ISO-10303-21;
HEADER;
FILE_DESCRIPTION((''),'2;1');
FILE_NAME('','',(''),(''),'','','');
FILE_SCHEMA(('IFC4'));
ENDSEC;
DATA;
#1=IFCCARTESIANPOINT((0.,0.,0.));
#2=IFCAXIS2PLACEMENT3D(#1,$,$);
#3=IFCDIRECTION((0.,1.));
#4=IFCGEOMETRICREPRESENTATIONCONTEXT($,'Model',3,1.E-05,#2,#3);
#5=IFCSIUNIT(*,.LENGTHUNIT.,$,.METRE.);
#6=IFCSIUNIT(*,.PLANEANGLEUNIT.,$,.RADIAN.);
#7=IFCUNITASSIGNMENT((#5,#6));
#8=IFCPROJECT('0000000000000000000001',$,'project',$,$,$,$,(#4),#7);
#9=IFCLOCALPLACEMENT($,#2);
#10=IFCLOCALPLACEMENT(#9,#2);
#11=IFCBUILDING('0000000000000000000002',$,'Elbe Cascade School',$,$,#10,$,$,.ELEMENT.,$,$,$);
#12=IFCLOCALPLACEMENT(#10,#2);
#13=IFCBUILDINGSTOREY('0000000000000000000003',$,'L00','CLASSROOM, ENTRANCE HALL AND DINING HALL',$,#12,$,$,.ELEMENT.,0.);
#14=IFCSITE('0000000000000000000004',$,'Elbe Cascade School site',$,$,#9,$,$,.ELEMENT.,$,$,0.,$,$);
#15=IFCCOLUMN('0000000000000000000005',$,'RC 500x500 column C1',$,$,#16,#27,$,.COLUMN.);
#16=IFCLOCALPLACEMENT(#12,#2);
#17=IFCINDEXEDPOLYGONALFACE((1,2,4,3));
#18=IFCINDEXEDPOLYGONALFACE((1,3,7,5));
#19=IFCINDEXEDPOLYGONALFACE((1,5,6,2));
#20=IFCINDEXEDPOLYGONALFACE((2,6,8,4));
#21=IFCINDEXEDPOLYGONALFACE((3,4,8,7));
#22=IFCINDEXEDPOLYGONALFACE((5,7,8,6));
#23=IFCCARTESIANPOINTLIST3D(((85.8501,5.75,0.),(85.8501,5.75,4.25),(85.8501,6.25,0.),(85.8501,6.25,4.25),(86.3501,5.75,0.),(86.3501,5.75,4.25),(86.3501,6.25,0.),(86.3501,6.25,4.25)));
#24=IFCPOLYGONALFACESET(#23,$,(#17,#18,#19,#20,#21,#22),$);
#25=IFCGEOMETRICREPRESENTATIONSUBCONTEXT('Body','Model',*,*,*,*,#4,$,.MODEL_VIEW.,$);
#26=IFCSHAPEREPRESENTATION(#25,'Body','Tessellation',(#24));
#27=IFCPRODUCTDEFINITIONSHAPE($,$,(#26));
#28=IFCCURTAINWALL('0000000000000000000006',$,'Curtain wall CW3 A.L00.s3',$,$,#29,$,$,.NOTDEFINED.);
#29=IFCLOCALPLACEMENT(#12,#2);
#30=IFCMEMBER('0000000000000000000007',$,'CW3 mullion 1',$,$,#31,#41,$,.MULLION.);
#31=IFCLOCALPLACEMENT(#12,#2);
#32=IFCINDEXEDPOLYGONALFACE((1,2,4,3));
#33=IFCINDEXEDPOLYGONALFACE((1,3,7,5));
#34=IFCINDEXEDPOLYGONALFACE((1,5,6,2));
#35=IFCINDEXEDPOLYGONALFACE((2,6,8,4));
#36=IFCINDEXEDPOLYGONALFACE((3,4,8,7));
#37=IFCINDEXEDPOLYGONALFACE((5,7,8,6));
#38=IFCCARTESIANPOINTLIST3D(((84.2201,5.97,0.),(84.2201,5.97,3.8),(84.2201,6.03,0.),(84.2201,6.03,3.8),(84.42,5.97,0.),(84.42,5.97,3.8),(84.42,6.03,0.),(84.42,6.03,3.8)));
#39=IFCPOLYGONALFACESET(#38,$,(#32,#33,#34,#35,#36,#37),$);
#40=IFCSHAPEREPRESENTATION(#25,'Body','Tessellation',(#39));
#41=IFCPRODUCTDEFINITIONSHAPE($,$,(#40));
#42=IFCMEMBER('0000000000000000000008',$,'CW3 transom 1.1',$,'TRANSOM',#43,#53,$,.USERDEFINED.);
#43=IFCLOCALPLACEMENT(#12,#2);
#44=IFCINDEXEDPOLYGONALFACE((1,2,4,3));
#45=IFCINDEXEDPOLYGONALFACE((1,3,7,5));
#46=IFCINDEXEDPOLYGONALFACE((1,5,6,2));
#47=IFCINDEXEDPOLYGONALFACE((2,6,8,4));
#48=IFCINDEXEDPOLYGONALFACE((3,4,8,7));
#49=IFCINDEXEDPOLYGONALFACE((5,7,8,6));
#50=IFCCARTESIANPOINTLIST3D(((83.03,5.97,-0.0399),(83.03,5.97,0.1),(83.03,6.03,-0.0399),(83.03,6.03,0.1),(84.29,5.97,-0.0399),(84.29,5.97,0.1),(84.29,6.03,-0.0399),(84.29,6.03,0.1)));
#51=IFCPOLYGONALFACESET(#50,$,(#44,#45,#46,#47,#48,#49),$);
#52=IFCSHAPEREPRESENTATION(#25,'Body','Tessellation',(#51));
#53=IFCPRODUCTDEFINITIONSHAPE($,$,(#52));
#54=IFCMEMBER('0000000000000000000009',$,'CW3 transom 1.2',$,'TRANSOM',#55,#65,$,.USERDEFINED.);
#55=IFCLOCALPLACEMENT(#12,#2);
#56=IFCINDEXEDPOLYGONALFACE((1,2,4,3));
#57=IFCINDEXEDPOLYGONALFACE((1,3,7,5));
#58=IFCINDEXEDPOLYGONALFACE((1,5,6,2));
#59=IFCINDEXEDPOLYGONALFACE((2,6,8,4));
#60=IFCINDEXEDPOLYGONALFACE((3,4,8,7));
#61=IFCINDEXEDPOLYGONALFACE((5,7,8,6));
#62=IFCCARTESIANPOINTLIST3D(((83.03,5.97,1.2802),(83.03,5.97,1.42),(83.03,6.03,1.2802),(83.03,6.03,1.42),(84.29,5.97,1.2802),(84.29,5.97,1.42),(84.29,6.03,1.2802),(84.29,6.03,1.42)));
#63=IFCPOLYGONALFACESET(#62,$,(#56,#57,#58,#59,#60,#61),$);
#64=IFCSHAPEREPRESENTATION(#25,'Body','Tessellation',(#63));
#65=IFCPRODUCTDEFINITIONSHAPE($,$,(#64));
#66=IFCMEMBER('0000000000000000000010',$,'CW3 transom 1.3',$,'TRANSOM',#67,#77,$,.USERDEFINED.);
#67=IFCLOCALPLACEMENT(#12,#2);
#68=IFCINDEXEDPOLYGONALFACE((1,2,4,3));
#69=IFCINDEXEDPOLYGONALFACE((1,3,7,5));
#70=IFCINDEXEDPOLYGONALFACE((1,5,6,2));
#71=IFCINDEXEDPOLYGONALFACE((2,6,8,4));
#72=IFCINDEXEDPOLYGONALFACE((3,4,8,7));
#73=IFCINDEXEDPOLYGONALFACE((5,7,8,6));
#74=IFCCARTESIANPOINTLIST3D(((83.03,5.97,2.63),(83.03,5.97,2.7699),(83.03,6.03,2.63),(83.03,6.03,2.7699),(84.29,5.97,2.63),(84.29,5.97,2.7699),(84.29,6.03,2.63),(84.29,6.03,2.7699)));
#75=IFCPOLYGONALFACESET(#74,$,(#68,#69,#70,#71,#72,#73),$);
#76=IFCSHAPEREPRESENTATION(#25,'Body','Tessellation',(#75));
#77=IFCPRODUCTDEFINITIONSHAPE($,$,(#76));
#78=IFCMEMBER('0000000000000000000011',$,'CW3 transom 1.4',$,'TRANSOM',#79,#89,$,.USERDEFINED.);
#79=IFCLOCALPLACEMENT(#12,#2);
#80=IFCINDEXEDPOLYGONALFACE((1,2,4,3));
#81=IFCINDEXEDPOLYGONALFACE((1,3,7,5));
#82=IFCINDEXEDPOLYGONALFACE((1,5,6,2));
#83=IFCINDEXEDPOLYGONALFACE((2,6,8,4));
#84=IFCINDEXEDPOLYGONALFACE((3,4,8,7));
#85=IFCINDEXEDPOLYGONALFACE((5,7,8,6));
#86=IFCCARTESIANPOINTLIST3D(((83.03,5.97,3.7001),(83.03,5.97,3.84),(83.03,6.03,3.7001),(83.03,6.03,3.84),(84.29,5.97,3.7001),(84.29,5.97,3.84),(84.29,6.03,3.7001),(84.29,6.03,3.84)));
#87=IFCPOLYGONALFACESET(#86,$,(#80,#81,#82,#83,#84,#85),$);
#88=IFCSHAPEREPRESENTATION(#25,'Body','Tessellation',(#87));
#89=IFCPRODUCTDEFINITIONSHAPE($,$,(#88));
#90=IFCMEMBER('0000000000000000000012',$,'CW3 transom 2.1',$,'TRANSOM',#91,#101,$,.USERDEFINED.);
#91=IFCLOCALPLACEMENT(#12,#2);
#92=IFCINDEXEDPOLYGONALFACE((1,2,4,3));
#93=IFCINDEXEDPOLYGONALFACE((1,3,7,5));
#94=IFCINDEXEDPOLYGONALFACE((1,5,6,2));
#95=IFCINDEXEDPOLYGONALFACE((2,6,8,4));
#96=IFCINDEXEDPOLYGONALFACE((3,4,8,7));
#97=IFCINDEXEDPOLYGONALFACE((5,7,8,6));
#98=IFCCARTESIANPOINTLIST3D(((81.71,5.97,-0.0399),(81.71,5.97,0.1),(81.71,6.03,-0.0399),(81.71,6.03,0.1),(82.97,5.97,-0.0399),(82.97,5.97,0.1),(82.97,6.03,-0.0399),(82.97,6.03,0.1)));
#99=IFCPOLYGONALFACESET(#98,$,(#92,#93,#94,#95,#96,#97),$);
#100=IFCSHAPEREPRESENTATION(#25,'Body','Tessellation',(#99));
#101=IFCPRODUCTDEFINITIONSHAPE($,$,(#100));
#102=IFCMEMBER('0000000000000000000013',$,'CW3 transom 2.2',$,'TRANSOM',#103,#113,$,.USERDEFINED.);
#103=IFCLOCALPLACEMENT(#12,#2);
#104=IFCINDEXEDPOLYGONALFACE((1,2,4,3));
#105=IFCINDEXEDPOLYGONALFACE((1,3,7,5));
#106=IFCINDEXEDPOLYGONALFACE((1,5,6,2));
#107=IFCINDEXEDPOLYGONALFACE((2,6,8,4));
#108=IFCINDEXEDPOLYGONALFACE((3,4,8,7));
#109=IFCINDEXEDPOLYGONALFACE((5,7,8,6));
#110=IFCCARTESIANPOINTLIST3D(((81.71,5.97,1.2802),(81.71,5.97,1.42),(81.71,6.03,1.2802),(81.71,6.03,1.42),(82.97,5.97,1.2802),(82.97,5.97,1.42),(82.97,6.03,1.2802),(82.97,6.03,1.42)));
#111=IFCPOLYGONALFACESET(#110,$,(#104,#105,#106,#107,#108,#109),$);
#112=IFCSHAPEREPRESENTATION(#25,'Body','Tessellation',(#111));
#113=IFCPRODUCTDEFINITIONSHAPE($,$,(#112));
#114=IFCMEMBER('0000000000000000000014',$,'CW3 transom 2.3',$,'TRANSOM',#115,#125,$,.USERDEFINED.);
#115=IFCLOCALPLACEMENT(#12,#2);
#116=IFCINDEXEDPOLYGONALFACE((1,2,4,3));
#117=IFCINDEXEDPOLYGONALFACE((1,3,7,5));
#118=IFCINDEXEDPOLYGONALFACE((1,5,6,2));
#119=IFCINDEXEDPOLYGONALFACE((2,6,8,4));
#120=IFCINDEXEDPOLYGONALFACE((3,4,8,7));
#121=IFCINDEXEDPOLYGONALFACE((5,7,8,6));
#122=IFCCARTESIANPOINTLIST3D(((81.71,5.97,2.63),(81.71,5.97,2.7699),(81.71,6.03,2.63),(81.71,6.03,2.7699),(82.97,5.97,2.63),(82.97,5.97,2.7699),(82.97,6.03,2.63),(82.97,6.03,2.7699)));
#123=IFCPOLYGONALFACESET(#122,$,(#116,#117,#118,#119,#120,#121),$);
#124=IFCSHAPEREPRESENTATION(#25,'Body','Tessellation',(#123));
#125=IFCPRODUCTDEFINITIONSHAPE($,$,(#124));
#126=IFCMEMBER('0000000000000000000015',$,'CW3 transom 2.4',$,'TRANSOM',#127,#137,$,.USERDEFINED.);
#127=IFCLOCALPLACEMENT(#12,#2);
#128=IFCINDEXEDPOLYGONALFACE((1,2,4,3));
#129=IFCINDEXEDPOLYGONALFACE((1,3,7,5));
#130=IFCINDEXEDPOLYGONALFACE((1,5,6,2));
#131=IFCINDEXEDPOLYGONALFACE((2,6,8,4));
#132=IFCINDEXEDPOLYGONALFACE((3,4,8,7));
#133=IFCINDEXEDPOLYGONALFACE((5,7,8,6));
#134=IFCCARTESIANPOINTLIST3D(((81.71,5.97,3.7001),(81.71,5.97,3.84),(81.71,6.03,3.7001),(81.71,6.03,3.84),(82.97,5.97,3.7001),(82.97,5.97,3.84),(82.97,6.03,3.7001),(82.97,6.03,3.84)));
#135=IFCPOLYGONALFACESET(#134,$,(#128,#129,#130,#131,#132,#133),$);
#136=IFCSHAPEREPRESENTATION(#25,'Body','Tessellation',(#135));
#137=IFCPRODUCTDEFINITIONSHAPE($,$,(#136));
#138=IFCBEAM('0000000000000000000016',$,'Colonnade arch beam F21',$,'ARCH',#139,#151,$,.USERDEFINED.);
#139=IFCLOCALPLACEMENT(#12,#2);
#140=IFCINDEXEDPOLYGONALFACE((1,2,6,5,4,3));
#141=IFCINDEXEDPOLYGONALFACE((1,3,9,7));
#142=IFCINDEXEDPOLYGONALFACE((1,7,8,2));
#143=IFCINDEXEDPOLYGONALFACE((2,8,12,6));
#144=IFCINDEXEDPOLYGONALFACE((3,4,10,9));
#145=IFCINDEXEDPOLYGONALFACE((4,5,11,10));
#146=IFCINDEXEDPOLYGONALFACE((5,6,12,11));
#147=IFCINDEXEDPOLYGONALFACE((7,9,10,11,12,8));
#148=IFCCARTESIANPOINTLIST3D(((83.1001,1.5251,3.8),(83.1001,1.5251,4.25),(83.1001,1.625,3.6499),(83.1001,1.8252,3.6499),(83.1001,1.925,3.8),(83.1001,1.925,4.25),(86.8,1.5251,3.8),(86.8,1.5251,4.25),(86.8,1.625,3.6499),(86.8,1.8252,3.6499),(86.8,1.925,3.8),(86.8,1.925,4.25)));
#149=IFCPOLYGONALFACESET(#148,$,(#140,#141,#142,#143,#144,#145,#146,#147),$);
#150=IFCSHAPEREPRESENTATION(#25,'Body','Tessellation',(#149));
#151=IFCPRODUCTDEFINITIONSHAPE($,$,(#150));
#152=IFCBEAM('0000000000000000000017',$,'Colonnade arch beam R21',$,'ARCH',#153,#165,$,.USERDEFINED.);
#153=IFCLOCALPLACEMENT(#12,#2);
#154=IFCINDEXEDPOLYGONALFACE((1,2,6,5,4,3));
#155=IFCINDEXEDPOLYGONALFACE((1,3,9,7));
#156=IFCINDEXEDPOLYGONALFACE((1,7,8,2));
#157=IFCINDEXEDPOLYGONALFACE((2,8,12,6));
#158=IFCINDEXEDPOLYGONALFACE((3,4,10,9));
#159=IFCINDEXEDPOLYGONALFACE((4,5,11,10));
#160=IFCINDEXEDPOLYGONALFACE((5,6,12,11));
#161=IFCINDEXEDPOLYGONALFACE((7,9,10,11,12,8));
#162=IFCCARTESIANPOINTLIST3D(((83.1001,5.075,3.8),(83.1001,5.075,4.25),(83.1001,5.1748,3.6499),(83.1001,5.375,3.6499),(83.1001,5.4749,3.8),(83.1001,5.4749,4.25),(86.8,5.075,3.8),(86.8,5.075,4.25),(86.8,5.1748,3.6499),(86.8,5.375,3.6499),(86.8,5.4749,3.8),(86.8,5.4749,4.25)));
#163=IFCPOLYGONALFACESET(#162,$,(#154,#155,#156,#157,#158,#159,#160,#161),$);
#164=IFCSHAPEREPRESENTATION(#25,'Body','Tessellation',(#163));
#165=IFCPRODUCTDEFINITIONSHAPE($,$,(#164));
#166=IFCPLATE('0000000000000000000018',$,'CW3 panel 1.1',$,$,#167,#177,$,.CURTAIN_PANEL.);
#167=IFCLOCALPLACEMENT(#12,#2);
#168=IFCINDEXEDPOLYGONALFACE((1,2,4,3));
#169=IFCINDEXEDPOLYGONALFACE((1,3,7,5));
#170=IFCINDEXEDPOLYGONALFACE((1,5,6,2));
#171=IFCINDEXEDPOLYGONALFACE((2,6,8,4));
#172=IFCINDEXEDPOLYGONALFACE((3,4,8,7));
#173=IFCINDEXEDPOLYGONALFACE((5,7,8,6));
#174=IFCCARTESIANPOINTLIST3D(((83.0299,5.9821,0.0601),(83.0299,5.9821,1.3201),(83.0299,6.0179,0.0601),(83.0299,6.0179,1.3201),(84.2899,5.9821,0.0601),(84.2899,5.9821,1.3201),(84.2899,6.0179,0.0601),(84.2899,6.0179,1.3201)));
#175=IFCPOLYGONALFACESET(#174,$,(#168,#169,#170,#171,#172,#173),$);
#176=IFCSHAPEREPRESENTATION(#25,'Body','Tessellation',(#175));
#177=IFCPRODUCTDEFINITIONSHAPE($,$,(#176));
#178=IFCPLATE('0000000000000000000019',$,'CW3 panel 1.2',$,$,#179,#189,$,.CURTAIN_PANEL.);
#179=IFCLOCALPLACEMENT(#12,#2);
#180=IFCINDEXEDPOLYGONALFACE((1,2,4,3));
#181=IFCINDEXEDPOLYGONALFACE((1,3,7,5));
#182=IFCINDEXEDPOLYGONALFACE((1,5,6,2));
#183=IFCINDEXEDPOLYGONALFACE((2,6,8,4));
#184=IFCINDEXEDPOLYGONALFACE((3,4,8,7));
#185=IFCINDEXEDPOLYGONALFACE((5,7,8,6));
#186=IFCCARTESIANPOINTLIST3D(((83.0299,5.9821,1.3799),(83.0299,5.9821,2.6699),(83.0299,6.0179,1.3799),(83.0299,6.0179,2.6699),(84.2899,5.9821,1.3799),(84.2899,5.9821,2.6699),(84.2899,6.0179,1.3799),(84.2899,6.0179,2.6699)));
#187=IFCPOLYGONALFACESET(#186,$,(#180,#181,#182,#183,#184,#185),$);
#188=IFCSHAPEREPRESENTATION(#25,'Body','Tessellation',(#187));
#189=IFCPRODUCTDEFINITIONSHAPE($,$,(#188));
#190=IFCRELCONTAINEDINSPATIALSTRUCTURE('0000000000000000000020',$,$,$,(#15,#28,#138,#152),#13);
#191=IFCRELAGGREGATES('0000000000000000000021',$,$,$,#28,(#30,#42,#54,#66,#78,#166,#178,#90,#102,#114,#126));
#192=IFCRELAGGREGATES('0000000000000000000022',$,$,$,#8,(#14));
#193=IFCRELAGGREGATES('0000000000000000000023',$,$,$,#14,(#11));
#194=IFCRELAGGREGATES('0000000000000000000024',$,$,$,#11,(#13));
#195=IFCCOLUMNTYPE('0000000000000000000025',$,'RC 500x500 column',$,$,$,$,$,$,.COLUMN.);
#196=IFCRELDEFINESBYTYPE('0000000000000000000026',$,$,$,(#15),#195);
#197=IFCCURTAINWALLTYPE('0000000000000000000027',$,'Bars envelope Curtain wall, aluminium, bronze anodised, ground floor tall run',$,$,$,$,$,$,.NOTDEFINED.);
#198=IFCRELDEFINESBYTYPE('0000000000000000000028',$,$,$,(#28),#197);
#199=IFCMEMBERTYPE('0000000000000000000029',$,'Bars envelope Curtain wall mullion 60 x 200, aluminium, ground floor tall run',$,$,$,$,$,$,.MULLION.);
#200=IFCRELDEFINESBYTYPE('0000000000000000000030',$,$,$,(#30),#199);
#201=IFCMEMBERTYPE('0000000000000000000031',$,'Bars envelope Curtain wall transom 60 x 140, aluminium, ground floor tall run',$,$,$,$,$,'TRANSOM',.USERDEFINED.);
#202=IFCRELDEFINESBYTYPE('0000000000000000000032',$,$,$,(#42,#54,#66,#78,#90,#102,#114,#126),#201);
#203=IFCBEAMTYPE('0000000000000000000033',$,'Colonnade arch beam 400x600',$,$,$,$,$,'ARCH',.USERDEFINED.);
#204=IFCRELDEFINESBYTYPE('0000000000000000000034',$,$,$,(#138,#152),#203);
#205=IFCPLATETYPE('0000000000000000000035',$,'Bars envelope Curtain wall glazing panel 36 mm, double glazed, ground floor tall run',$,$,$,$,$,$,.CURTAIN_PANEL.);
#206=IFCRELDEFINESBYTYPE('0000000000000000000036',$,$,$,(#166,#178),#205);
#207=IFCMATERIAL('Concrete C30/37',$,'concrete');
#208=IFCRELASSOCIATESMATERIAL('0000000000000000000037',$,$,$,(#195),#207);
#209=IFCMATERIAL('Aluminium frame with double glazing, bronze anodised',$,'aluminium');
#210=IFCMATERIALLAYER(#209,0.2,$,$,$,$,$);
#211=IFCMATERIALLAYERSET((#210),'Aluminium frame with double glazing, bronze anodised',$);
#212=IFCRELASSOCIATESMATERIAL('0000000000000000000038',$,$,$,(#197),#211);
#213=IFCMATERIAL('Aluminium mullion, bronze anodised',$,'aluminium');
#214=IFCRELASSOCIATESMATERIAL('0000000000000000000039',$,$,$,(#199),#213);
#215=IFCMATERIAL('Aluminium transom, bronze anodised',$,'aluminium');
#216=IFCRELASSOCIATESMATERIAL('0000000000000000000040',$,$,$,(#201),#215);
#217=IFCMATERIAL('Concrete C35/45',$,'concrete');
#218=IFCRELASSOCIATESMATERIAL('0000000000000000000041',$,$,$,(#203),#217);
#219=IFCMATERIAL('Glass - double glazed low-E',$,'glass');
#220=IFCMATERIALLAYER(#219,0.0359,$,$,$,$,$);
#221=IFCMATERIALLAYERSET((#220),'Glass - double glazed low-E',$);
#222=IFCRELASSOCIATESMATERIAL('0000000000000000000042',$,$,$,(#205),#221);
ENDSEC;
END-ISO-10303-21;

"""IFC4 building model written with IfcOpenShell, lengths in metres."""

from ifc_helpers import new_model, si_unit, direction, frame, origin, origin_2d, place, context, subcontext, project, spatial, polyline, rectangle, outline, extrude, material, layer, layer_set, material_profile, profile_set, type_object, element, aggregate, save


model = new_model("IFC4")

# Units and contexts
model_context = context("Model", 3, precision=1e-05, world=origin(), true_north=direction((0.0, 1.0)))
body_context = subcontext(model_context, "Body", "Model", "MODEL_VIEW")
ifc_project = project(units=[si_unit("LENGTHUNIT", "METRE"), si_unit("PLANEANGLEUNIT", "RADIAN")], contexts=[model_context])

# Site, building, storey
site_placement = place(None, origin())
site = spatial("IfcSite", under=ifc_project, at=site_placement, Name="Elbe Cascade School site", CompositionType="ELEMENT", RefElevation=0.0)
building_placement = place(site_placement, origin())
building = spatial("IfcBuilding", under=site, at=building_placement, Name="Elbe Cascade School", CompositionType="ELEMENT")
storey_placement = place(building_placement, origin())
storey = spatial("IfcBuildingStorey", under=building, at=storey_placement, Name="L00", Description="CLASSROOM, ENTRANCE HALL AND DINING HALL", CompositionType="ELEMENT", Elevation=0.0)

# Column
ifc_material_1 = material(Name="Concrete C30/37", Category="concrete")
ifc_material_profile_1 = material_profile(ifc_material_1, rectangle(XDim=0.5, YDim=0.5, at=origin_2d()), Name="RC 500x500")
ifc_profile_set_1 = profile_set([ifc_material_profile_1], Name="Concrete C30/37")
column_type = type_object("IfcColumnType", Name="RC 500x500 column", PredefinedType="COLUMN", material=ifc_profile_set_1)
column_placement = place(storey_placement, frame((86.1001, 6.0, 0.0), z_axis=(0.0, 0.0, 1.0), x_axis=(1.0, 0.0, 0.0)))
element("IfcColumn", 1, at=column_placement, inside=storey, type_object=column_type, Name="RC 500x500 column C1", PredefinedType="COLUMN", context=body_context, shape_type="SweptSolid", body=[
    extrude(rectangle(XDim=0.5, YDim=0.5, at=origin_2d()), origin(), (0.0, 0.0, 1.0), 4.25),
])

# Curtain wall, members
ifc_material_2 = material(Name="Aluminium frame with double glazing, bronze anodised", Category="aluminium")
ifc_layer_1 = layer(ifc_material_2, 0.2)
ifc_layer_set_1 = layer_set([ifc_layer_1], Name="Aluminium frame with double glazing, bronze anodised")
curtain_wall_type = type_object("IfcCurtainWallType", Name="Bars envelope Curtain wall, aluminium, bronze anodised, ground floor tall run", PredefinedType="NOTDEFINED", material=ifc_layer_set_1)
curtain_wall_placement = place(storey_placement, origin())
curtain_wall = element("IfcCurtainWall", 2, at=curtain_wall_placement, inside=storey, type_object=curtain_wall_type, Name="Curtain wall CW3 A.L00.s3", PredefinedType="NOTDEFINED")
ifc_material_3 = material(Name="Aluminium mullion, bronze anodised", Category="aluminium")
ifc_material_profile_2 = material_profile(ifc_material_3, rectangle(XDim=0.0601, YDim=0.2, at=origin_2d()), Name="Bars envelope Curtain wall mullion 60 x 200, aluminium, ground floor tall run")
ifc_profile_set_2 = profile_set([ifc_material_profile_2], Name="Aluminium mullion, bronze anodised")
member_type_1 = type_object("IfcMemberType", Name="Bars envelope Curtain wall mullion 60 x 200, aluminium, ground floor tall run", PredefinedType="MULLION", material=ifc_profile_set_2)
member_1_placement = place(storey_placement, frame((84.3201, 6.0, 0.0), z_axis=(0.0, 0.0, 1.0), x_axis=(0.0, -1.0, 0.0)))
member_1 = element("IfcMember", 3, at=member_1_placement, type_object=member_type_1, Name="CW3 mullion 1", PredefinedType="MULLION", context=body_context, shape_type="SweptSolid", body=[
    extrude(rectangle(XDim=0.0601, YDim=0.2, at=origin_2d()), origin(), (0.0, 0.0, 1.0), 3.8),
])
ifc_material_4 = material(Name="Aluminium transom, bronze anodised", Category="aluminium")
ifc_material_profile_3 = material_profile(ifc_material_4, rectangle(XDim=0.0601, YDim=0.1399, at=origin_2d()), Name="Bars envelope Curtain wall transom 60 x 140, aluminium, ground floor tall run")
ifc_profile_set_3 = profile_set([ifc_material_profile_3], Name="Aluminium transom, bronze anodised")
member_type_2 = type_object("IfcMemberType", Name="Bars envelope Curtain wall transom 60 x 140, aluminium, ground floor tall run", ElementType="TRANSOM", PredefinedType="USERDEFINED", material=ifc_profile_set_3)
member_2_placement = place(storey_placement, frame((84.29, 6.0, 0.03), z_axis=(-1.0, 0.0, 0.0), x_axis=(0.0, -1.0, 0.0)))
member_2 = element("IfcMember", 4, at=member_2_placement, type_object=member_type_2, Name="CW3 transom 1.1", ObjectType="TRANSOM", PredefinedType="USERDEFINED", context=body_context, shape_type="SweptSolid", body=[
    extrude(rectangle(XDim=0.0601, YDim=0.1399, at=origin_2d()), origin(), (0.0, 0.0, 1.0), 1.26),
])
member_3_placement = place(storey_placement, frame((84.29, 6.0, 1.3501), z_axis=(-1.0, 0.0, 0.0), x_axis=(0.0, -1.0, 0.0)))
member_3 = element("IfcMember", 5, at=member_3_placement, type_object=member_type_2, Name="CW3 transom 1.2", ObjectType="TRANSOM", PredefinedType="USERDEFINED", context=body_context, shape_type="SweptSolid", body=[
    extrude(rectangle(XDim=0.0601, YDim=0.1399, at=origin_2d()), origin(), (0.0, 0.0, 1.0), 1.26),
])
member_4_placement = place(storey_placement, frame((84.29, 6.0, 2.7), z_axis=(-1.0, 0.0, 0.0), x_axis=(0.0, -1.0, 0.0)))
member_4 = element("IfcMember", 6, at=member_4_placement, type_object=member_type_2, Name="CW3 transom 1.3", ObjectType="TRANSOM", PredefinedType="USERDEFINED", context=body_context, shape_type="SweptSolid", body=[
    extrude(rectangle(XDim=0.0601, YDim=0.1399, at=origin_2d()), origin(), (0.0, 0.0, 1.0), 1.26),
])
member_5_placement = place(storey_placement, frame((84.29, 6.0, 3.77), z_axis=(-1.0, 0.0, 0.0), x_axis=(0.0, -1.0, 0.0)))
member_5 = element("IfcMember", 7, at=member_5_placement, type_object=member_type_2, Name="CW3 transom 1.4", ObjectType="TRANSOM", PredefinedType="USERDEFINED", context=body_context, shape_type="SweptSolid", body=[
    extrude(rectangle(XDim=0.0601, YDim=0.1399, at=origin_2d()), origin(), (0.0, 0.0, 1.0), 1.26),
])
member_6_placement = place(storey_placement, frame((82.97, 6.0, 0.03), z_axis=(-1.0, 0.0, 0.0), x_axis=(0.0, -1.0, 0.0)))
member_6 = element("IfcMember", 8, at=member_6_placement, type_object=member_type_2, Name="CW3 transom 2.1", ObjectType="TRANSOM", PredefinedType="USERDEFINED", context=body_context, shape_type="SweptSolid", body=[
    extrude(rectangle(XDim=0.0601, YDim=0.1399, at=origin_2d()), origin(), (0.0, 0.0, 1.0), 1.26),
])
member_7_placement = place(storey_placement, frame((82.97, 6.0, 1.3501), z_axis=(-1.0, 0.0, 0.0), x_axis=(0.0, -1.0, 0.0)))
member_7 = element("IfcMember", 9, at=member_7_placement, type_object=member_type_2, Name="CW3 transom 2.2", ObjectType="TRANSOM", PredefinedType="USERDEFINED", context=body_context, shape_type="SweptSolid", body=[
    extrude(rectangle(XDim=0.0601, YDim=0.1399, at=origin_2d()), origin(), (0.0, 0.0, 1.0), 1.26),
])
member_8_placement = place(storey_placement, frame((82.97, 6.0, 2.7), z_axis=(-1.0, 0.0, 0.0), x_axis=(0.0, -1.0, 0.0)))
member_8 = element("IfcMember", 10, at=member_8_placement, type_object=member_type_2, Name="CW3 transom 2.3", ObjectType="TRANSOM", PredefinedType="USERDEFINED", context=body_context, shape_type="SweptSolid", body=[
    extrude(rectangle(XDim=0.0601, YDim=0.1399, at=origin_2d()), origin(), (0.0, 0.0, 1.0), 1.26),
])
member_9_placement = place(storey_placement, frame((82.97, 6.0, 3.77), z_axis=(-1.0, 0.0, 0.0), x_axis=(0.0, -1.0, 0.0)))
member_9 = element("IfcMember", 11, at=member_9_placement, type_object=member_type_2, Name="CW3 transom 2.4", ObjectType="TRANSOM", PredefinedType="USERDEFINED", context=body_context, shape_type="SweptSolid", body=[
    extrude(rectangle(XDim=0.0601, YDim=0.1399, at=origin_2d()), origin(), (0.0, 0.0, 1.0), 1.26),
])

# Beams
ifc_material_5 = material(Name="Concrete C35/45", Category="concrete")
ifc_material_profile_4 = material_profile(ifc_material_5, outline(polyline([(-0.2, 0.3), (0.2, 0.3), (0.2, -0.1499), (0.1001, -0.3), (-0.1001, -0.3), (-0.2, -0.1499), (-0.2, 0.3)])), Name="RC arch 400x600")
ifc_profile_set_4 = profile_set([ifc_material_profile_4], Name="Concrete C35/45")
beam_type = type_object("IfcBeamType", Name="Colonnade arch beam 400x600", ElementType="ARCH", PredefinedType="USERDEFINED", material=ifc_profile_set_4)
for number, where, z_axis, x_axis, name in (
    (12, (83.1001, 1.7251, 3.95), (1.0, 0.0, 0.0), (0.0, 1.0, 0.0), "Colonnade arch beam F21"),
    (13, (83.1001, 5.2749, 3.95), (1.0, 0.0, 0.0), (0.0, 1.0, 0.0), "Colonnade arch beam R21"),
):
    element("IfcBeam", number, at=place(storey_placement, frame(where, z_axis=z_axis, x_axis=x_axis)), inside=storey, type_object=beam_type, Name=name, ObjectType="ARCH", PredefinedType="USERDEFINED", context=body_context, shape_type="SweptSolid", body=[
        extrude(outline(polyline([(-0.2, 0.3), (0.2, 0.3), (0.2, -0.1499), (0.1001, -0.3), (-0.1001, -0.3), (-0.2, -0.1499), (-0.2, 0.3)])), origin(), (0.0, 0.0, 1.0), 3.7),
    ])

# Plates
ifc_material_6 = material(Name="Glass - double glazed low-E", Category="glass")
ifc_layer_2 = layer(ifc_material_6, 0.0359)
ifc_layer_set_2 = layer_set([ifc_layer_2], Name="Glass - double glazed low-E")
plate_type = type_object("IfcPlateType", Name="Bars envelope Curtain wall glazing panel 36 mm, double glazed, ground floor tall run", PredefinedType="CURTAIN_PANEL", material=ifc_layer_set_2)
plate_1_placement = place(storey_placement, frame((83.6599, 6.0, 0.0601), z_axis=(0.0, 0.0, 1.0), x_axis=(-1.0, 0.0, 0.0)))
plate_1 = element("IfcPlate", 14, at=plate_1_placement, type_object=plate_type, Name="CW3 panel 1.1", PredefinedType="CURTAIN_PANEL", context=body_context, shape_type="SweptSolid", body=[
    extrude(rectangle(XDim=1.26, YDim=0.0359, at=origin_2d()), origin(), (0.0, 0.0, 1.0), 1.26),
])
plate_2_placement = place(storey_placement, frame((83.6599, 6.0, 1.3799), z_axis=(0.0, 0.0, 1.0), x_axis=(-1.0, 0.0, 0.0)))
plate_2 = element("IfcPlate", 15, at=plate_2_placement, type_object=plate_type, Name="CW3 panel 1.2", PredefinedType="CURTAIN_PANEL", context=body_context, shape_type="SweptSolid", body=[
    extrude(rectangle(XDim=1.26, YDim=0.0359, at=origin_2d()), origin(), (0.0, 0.0, 1.0), 1.29),
])
aggregate(curtain_wall, [member_1, member_2, member_3, member_4, member_5, plate_1, plate_2, member_6, member_7, member_8, member_9])

save(model, "model.ifc")
